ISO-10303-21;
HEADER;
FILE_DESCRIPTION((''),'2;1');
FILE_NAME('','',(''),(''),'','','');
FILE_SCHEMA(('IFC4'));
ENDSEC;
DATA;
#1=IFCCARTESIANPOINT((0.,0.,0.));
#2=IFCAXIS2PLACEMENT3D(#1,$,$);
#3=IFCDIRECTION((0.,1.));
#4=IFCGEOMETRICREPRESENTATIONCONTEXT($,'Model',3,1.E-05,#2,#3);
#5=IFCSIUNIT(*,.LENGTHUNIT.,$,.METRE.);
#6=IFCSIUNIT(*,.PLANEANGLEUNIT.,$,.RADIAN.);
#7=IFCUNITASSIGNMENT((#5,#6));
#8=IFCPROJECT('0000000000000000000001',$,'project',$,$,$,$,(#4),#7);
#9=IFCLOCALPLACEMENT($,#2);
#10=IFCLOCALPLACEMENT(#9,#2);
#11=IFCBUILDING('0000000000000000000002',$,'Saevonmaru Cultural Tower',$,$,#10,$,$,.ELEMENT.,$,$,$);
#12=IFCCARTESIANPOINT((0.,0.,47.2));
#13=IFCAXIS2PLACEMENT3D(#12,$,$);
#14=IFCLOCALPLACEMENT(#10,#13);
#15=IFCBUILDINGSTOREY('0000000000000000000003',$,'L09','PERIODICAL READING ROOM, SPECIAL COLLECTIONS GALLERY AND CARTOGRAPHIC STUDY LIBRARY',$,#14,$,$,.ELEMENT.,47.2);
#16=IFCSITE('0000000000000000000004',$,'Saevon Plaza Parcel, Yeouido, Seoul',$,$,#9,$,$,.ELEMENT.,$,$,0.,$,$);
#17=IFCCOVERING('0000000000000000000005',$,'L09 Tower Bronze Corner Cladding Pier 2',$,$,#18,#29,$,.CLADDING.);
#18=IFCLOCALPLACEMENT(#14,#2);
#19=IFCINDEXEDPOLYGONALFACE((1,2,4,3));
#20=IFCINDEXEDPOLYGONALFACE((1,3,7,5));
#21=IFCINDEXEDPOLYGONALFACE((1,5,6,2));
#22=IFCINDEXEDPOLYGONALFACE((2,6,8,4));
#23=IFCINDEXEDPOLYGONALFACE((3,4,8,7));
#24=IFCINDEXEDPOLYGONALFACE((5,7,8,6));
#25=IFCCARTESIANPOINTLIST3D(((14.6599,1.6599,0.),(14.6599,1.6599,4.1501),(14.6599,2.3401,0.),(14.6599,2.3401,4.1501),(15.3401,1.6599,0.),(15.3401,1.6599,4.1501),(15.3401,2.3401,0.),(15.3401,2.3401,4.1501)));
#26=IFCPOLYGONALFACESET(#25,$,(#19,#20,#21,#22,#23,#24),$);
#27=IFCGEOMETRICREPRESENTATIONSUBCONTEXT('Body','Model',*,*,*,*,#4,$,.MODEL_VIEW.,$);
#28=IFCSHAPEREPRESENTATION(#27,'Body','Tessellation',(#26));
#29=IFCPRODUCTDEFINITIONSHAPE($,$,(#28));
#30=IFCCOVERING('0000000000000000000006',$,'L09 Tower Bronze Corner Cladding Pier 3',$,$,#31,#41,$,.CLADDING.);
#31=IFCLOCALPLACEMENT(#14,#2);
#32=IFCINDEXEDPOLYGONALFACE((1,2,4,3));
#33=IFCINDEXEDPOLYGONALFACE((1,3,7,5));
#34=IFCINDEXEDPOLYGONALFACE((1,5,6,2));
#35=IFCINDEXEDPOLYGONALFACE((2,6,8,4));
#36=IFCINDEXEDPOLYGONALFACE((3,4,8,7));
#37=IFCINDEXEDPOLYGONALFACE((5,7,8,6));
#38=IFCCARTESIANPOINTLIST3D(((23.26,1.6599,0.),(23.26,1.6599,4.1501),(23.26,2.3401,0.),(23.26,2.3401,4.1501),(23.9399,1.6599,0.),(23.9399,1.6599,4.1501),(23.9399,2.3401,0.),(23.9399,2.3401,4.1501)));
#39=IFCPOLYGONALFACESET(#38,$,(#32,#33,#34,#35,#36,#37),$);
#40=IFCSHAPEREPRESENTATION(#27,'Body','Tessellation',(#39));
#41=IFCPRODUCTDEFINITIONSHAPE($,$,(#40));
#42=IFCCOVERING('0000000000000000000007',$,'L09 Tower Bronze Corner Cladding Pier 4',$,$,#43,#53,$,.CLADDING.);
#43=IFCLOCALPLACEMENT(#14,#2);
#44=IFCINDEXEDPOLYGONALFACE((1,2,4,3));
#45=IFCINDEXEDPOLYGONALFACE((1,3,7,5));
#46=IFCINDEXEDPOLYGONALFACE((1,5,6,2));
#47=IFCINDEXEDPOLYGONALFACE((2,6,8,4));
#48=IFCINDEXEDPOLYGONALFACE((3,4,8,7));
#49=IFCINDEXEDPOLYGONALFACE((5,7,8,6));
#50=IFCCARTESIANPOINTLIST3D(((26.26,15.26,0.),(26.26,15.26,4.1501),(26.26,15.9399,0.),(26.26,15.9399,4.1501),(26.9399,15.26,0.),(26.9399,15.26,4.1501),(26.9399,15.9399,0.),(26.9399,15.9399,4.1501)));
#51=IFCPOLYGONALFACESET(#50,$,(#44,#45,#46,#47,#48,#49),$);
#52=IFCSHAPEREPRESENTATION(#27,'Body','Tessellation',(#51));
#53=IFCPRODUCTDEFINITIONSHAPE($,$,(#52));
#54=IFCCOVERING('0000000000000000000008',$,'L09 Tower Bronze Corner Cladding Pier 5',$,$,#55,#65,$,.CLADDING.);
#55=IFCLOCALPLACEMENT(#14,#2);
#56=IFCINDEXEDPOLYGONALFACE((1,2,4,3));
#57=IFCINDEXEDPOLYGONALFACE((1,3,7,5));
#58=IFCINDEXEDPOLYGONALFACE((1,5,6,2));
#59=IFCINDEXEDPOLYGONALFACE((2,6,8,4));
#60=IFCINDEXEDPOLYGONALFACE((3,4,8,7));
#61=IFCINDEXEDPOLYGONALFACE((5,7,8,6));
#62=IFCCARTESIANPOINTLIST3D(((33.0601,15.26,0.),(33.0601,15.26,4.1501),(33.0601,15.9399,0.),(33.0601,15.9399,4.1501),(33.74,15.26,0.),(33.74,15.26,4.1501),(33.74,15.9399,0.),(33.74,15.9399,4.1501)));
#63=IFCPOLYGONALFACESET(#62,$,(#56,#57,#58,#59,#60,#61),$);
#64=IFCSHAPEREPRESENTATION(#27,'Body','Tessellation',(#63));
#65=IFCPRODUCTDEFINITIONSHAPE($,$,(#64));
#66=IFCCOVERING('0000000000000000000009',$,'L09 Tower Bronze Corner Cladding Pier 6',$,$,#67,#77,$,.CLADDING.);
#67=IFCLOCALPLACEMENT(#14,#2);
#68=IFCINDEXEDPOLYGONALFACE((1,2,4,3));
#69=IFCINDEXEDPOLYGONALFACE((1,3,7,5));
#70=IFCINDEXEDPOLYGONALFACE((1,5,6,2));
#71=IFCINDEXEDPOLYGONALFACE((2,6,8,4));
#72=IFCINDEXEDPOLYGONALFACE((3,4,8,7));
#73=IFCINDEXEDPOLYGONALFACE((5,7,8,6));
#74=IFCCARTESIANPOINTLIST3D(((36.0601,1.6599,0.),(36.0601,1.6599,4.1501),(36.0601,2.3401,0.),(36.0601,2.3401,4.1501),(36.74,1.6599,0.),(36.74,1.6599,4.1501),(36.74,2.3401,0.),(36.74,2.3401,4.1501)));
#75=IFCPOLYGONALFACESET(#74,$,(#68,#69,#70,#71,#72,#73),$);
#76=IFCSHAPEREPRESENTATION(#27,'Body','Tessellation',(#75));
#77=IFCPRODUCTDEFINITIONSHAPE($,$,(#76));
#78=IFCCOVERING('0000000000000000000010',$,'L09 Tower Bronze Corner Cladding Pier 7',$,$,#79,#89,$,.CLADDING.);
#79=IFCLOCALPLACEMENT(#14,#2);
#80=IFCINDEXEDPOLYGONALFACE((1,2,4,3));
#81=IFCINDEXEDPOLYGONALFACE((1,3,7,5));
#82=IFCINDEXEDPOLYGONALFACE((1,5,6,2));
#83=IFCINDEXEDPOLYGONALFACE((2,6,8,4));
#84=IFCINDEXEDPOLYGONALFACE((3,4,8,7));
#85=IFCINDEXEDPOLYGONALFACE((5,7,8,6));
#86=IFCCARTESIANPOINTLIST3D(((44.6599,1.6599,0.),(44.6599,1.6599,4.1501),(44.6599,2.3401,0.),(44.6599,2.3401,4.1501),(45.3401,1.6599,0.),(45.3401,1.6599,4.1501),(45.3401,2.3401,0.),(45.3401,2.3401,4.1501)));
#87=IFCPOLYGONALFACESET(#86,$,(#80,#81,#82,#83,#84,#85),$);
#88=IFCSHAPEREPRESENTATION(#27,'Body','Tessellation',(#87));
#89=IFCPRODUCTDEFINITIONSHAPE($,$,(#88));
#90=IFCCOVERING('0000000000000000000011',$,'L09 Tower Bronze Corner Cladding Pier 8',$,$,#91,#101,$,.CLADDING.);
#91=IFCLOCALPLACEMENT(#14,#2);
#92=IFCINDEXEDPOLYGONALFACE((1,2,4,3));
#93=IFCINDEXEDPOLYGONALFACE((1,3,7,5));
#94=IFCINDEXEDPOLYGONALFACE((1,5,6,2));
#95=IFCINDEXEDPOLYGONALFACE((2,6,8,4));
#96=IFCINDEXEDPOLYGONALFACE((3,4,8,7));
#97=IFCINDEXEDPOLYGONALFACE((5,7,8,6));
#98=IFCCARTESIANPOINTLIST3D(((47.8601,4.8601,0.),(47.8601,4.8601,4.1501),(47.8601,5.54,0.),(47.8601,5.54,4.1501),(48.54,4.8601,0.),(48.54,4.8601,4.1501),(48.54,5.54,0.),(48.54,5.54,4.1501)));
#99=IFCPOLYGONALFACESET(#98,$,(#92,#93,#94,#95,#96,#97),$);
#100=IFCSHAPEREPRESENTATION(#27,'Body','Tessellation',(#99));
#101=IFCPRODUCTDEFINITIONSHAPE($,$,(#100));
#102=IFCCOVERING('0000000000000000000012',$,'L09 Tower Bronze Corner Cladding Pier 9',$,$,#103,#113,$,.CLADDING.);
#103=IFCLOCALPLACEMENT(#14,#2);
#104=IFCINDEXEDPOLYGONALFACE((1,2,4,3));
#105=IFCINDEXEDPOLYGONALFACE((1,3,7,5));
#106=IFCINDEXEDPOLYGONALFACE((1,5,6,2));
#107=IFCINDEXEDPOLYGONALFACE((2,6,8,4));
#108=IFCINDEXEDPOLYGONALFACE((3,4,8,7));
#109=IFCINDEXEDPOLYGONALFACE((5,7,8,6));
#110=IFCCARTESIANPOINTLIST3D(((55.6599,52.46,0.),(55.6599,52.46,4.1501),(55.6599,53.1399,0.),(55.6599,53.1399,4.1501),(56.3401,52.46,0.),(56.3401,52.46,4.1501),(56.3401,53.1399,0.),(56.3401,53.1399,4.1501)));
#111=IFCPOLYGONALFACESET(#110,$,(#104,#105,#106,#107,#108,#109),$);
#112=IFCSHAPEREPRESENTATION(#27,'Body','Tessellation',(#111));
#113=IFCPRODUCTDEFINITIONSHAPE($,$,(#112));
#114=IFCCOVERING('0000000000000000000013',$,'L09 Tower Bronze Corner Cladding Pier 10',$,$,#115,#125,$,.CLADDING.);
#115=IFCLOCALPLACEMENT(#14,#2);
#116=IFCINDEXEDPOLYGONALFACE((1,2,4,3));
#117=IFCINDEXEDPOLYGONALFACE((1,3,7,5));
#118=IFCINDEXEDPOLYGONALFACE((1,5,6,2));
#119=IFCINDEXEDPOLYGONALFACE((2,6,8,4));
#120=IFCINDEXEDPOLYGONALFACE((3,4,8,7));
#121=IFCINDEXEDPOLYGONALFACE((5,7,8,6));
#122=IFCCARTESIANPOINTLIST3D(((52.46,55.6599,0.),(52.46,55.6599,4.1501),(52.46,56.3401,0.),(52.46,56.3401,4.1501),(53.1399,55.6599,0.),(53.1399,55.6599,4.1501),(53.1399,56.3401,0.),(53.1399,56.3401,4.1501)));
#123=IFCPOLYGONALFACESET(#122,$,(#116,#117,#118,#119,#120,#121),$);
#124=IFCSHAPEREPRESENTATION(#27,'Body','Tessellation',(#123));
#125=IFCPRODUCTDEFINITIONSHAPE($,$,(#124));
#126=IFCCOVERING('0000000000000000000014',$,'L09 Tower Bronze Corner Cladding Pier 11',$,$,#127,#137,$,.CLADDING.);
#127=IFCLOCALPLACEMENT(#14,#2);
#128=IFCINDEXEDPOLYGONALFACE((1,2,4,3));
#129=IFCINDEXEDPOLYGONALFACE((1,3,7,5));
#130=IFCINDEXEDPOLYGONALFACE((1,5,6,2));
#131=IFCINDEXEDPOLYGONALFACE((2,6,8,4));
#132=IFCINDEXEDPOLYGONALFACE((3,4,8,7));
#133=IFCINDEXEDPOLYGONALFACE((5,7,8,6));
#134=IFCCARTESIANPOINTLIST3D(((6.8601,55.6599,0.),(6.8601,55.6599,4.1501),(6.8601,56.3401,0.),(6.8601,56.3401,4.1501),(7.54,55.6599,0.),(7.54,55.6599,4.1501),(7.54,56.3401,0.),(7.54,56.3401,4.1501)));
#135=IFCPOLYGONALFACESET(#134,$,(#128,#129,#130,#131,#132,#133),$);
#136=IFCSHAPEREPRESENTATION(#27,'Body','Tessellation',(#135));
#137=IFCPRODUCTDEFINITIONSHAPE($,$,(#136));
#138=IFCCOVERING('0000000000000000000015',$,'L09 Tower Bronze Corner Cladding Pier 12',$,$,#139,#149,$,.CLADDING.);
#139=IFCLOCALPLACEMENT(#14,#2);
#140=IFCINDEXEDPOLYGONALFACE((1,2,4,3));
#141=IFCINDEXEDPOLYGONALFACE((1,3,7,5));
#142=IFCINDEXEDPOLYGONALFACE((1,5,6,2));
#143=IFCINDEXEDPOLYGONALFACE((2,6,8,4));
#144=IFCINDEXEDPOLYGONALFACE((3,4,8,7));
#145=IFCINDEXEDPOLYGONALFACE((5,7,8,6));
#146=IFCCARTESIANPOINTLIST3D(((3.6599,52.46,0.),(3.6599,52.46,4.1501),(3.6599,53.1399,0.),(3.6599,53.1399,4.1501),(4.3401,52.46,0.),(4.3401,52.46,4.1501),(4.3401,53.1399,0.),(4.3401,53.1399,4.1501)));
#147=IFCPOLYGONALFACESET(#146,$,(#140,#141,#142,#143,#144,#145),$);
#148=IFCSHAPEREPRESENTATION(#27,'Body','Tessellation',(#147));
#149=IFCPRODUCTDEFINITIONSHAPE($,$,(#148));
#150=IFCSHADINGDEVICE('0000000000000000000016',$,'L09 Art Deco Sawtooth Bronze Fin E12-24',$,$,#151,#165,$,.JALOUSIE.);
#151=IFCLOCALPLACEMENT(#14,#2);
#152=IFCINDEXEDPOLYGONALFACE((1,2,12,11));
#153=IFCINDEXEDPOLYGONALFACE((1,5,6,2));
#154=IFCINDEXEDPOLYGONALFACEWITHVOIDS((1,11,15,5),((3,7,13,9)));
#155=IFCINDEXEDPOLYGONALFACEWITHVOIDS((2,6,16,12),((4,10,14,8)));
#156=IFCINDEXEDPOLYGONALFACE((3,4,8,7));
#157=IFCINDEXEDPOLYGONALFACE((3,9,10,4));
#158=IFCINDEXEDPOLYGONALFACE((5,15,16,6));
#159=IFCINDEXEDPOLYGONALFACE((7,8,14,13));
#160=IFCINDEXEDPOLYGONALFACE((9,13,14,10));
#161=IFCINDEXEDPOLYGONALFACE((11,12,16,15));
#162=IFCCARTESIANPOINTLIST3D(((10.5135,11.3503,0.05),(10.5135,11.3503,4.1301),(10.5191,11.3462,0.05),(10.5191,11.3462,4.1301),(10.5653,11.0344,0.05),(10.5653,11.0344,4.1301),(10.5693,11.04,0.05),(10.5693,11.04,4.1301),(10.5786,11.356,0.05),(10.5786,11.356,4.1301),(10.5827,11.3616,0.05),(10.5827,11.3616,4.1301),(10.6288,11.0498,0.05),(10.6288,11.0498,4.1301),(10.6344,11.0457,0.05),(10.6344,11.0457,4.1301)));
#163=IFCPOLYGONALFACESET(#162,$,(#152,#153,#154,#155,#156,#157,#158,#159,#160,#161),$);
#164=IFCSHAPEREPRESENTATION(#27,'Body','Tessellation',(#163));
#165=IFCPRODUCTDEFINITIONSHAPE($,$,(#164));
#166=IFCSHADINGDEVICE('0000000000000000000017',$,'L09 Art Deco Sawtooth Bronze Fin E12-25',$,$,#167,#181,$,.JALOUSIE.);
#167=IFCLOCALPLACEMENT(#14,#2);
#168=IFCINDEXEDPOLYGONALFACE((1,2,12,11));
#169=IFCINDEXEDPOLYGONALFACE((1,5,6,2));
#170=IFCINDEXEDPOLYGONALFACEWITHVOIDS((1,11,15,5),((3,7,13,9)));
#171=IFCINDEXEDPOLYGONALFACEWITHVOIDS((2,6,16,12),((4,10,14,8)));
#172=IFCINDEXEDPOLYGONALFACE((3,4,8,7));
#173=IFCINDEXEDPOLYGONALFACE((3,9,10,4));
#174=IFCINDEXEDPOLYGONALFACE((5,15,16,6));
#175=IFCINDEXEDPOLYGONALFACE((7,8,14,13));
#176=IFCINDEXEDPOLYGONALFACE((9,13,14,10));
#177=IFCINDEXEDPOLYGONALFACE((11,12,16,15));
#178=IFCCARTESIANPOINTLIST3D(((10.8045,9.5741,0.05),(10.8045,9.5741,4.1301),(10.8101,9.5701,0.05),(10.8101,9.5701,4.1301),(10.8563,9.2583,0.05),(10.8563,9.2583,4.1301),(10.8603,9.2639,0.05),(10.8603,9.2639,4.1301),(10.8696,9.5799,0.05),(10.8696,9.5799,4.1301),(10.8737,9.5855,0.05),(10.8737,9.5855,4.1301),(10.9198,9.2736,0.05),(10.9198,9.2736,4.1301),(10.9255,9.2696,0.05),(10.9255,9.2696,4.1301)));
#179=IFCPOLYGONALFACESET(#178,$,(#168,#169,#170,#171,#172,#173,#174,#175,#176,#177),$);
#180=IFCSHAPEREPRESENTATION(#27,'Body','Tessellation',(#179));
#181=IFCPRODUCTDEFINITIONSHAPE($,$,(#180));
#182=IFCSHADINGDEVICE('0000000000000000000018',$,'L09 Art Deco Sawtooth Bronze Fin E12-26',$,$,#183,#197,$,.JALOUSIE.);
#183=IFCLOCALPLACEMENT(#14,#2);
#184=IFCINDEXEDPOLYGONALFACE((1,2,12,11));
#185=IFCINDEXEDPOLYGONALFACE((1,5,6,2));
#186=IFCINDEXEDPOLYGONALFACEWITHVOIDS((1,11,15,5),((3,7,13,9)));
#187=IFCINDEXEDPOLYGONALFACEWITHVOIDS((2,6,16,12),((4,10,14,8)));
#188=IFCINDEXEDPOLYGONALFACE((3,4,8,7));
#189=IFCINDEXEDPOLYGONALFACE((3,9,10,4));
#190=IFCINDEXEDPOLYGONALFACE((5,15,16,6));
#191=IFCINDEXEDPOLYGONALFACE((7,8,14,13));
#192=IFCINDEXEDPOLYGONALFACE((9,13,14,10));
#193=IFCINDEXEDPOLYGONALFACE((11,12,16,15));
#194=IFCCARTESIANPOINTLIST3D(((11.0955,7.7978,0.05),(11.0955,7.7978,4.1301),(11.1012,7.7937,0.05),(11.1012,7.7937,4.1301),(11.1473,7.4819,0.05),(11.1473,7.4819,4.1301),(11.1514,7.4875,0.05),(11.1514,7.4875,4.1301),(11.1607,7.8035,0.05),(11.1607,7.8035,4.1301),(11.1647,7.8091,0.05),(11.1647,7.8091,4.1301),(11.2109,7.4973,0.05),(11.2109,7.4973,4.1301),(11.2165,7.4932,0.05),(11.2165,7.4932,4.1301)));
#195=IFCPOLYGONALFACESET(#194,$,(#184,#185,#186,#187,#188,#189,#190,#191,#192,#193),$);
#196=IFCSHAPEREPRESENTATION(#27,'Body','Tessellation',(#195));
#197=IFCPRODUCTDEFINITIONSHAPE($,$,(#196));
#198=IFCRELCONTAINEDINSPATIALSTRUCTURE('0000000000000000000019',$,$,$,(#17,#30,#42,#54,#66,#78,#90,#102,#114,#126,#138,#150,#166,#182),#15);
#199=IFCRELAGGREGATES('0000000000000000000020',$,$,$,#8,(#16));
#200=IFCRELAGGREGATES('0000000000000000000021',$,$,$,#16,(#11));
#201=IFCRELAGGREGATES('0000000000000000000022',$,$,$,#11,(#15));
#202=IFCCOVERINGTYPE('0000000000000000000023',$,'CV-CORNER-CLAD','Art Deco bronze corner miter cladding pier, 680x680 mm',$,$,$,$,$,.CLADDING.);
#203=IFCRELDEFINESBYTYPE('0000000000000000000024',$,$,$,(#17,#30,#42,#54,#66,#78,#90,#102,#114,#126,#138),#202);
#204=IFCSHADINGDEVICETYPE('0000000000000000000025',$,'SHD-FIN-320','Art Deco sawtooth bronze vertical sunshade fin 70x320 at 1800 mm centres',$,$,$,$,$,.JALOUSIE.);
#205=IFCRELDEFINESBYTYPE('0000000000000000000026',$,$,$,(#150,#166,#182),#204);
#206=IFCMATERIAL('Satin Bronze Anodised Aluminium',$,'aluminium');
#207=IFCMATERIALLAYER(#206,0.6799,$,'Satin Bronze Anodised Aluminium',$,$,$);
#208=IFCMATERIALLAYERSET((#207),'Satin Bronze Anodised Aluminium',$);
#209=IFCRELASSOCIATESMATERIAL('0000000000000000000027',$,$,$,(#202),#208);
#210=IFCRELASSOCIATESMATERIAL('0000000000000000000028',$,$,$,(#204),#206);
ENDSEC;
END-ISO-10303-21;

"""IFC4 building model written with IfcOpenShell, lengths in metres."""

from ifc_helpers import new_model, si_unit, direction, frame, origin, origin_2d, place, context, subcontext, project, spatial, polyline, hollow_rectangle, outline, extrude, material, layer, layer_set, material_profile, profile_set, type_object, element, save


model = new_model("IFC4")

# Units and contexts
model_context = context("Model", 3, precision=1e-05, world=origin(), true_north=direction((0.0, 1.0)))
body_context = subcontext(model_context, "Body", "Model", "MODEL_VIEW")
ifc_project = project(units=[si_unit("LENGTHUNIT", "METRE"), si_unit("PLANEANGLEUNIT", "RADIAN")], contexts=[model_context])

# Site, building, storey
site_placement = place(None, origin())
site = spatial("IfcSite", under=ifc_project, at=site_placement, Name="Saevon Plaza Parcel, Yeouido, Seoul", CompositionType="ELEMENT", RefElevation=0.0)
building_placement = place(site_placement, origin())
building = spatial("IfcBuilding", under=site, at=building_placement, Name="Saevonmaru Cultural Tower", CompositionType="ELEMENT")
storey_placement = place(building_placement, frame((0.0, 0.0, 47.2)))
storey = spatial("IfcBuildingStorey", under=building, at=storey_placement, Name="L09", Description="PERIODICAL READING ROOM, SPECIAL COLLECTIONS GALLERY AND CARTOGRAPHIC STUDY LIBRARY", CompositionType="ELEMENT", Elevation=47.2)

# Shared definitions
ifc_material_1 = material(Name="Satin Bronze Anodised Aluminium", Category="aluminium")

# Coverings
ifc_layer_1 = layer(ifc_material_1, 0.6799, Name="Satin Bronze Anodised Aluminium")
ifc_layer_set_1 = layer_set([ifc_layer_1], Name="Satin Bronze Anodised Aluminium")
covering_type = type_object("IfcCoveringType", Name="CV-CORNER-CLAD", Description="Art Deco bronze corner miter cladding pier, 680x680 mm", PredefinedType="CLADDING", material=ifc_layer_set_1)
covering_1_placement = place(storey_placement, origin())
element("IfcCovering", 1, at=covering_1_placement, inside=storey, type_object=covering_type, Name="L09 Tower Bronze Corner Cladding Pier 2", PredefinedType="CLADDING", context=body_context, shape_type="SweptSolid", body=[
    extrude(outline(polyline([(14.6599, 1.6599), (15.3401, 1.6599), (15.3401, 2.3401), (14.6599, 2.3401), (14.6599, 1.6599)])), origin(), (0.0, 0.0, 1.0), 4.1501),
])
covering_2_placement = place(storey_placement, origin())
element("IfcCovering", 2, at=covering_2_placement, inside=storey, type_object=covering_type, Name="L09 Tower Bronze Corner Cladding Pier 3", PredefinedType="CLADDING", context=body_context, shape_type="SweptSolid", body=[
    extrude(outline(polyline([(23.26, 1.6599), (23.9399, 1.6599), (23.9399, 2.3401), (23.26, 2.3401), (23.26, 1.6599)])), origin(), (0.0, 0.0, 1.0), 4.1501),
])
covering_3_placement = place(storey_placement, origin())
element("IfcCovering", 3, at=covering_3_placement, inside=storey, type_object=covering_type, Name="L09 Tower Bronze Corner Cladding Pier 4", PredefinedType="CLADDING", context=body_context, shape_type="SweptSolid", body=[
    extrude(outline(polyline([(26.26, 15.26), (26.9399, 15.26), (26.9399, 15.9399), (26.26, 15.9399), (26.26, 15.26)])), origin(), (0.0, 0.0, 1.0), 4.1501),
])
covering_4_placement = place(storey_placement, origin())
element("IfcCovering", 4, at=covering_4_placement, inside=storey, type_object=covering_type, Name="L09 Tower Bronze Corner Cladding Pier 5", PredefinedType="CLADDING", context=body_context, shape_type="SweptSolid", body=[
    extrude(outline(polyline([(33.0601, 15.26), (33.74, 15.26), (33.74, 15.9399), (33.0601, 15.9399), (33.0601, 15.26)])), origin(), (0.0, 0.0, 1.0), 4.1501),
])
covering_5_placement = place(storey_placement, origin())
element("IfcCovering", 5, at=covering_5_placement, inside=storey, type_object=covering_type, Name="L09 Tower Bronze Corner Cladding Pier 6", PredefinedType="CLADDING", context=body_context, shape_type="SweptSolid", body=[
    extrude(outline(polyline([(36.0601, 1.6599), (36.74, 1.6599), (36.74, 2.3401), (36.0601, 2.3401), (36.0601, 1.6599)])), origin(), (0.0, 0.0, 1.0), 4.1501),
])
covering_6_placement = place(storey_placement, origin())
element("IfcCovering", 6, at=covering_6_placement, inside=storey, type_object=covering_type, Name="L09 Tower Bronze Corner Cladding Pier 7", PredefinedType="CLADDING", context=body_context, shape_type="SweptSolid", body=[
    extrude(outline(polyline([(44.6599, 1.6599), (45.3401, 1.6599), (45.3401, 2.3401), (44.6599, 2.3401), (44.6599, 1.6599)])), origin(), (0.0, 0.0, 1.0), 4.1501),
])
covering_7_placement = place(storey_placement, origin())
element("IfcCovering", 7, at=covering_7_placement, inside=storey, type_object=covering_type, Name="L09 Tower Bronze Corner Cladding Pier 8", PredefinedType="CLADDING", context=body_context, shape_type="SweptSolid", body=[
    extrude(outline(polyline([(47.8601, 4.8601), (48.54, 4.8601), (48.54, 5.54), (47.8601, 5.54), (47.8601, 4.8601)])), origin(), (0.0, 0.0, 1.0), 4.1501),
])
covering_8_placement = place(storey_placement, origin())
element("IfcCovering", 8, at=covering_8_placement, inside=storey, type_object=covering_type, Name="L09 Tower Bronze Corner Cladding Pier 9", PredefinedType="CLADDING", context=body_context, shape_type="SweptSolid", body=[
    extrude(outline(polyline([(55.6599, 52.46), (56.3401, 52.46), (56.3401, 53.1399), (55.6599, 53.1399), (55.6599, 52.46)])), origin(), (0.0, 0.0, 1.0), 4.1501),
])
covering_9_placement = place(storey_placement, origin())
element("IfcCovering", 9, at=covering_9_placement, inside=storey, type_object=covering_type, Name="L09 Tower Bronze Corner Cladding Pier 10", PredefinedType="CLADDING", context=body_context, shape_type="SweptSolid", body=[
    extrude(outline(polyline([(52.46, 55.6599), (53.1399, 55.6599), (53.1399, 56.3401), (52.46, 56.3401), (52.46, 55.6599)])), origin(), (0.0, 0.0, 1.0), 4.1501),
])
covering_10_placement = place(storey_placement, origin())
element("IfcCovering", 10, at=covering_10_placement, inside=storey, type_object=covering_type, Name="L09 Tower Bronze Corner Cladding Pier 11", PredefinedType="CLADDING", context=body_context, shape_type="SweptSolid", body=[
    extrude(outline(polyline([(6.8601, 55.6599), (7.54, 55.6599), (7.54, 56.3401), (6.8601, 56.3401), (6.8601, 55.6599)])), origin(), (0.0, 0.0, 1.0), 4.1501),
])
covering_11_placement = place(storey_placement, origin())
element("IfcCovering", 11, at=covering_11_placement, inside=storey, type_object=covering_type, Name="L09 Tower Bronze Corner Cladding Pier 12", PredefinedType="CLADDING", context=body_context, shape_type="SweptSolid", body=[
    extrude(outline(polyline([(3.6599, 52.46), (4.3401, 52.46), (4.3401, 53.1399), (3.6599, 53.1399), (3.6599, 52.46)])), origin(), (0.0, 0.0, 1.0), 4.1501),
])

# Shading devices
ifc_material_profile_1 = material_profile(ifc_material_1, hollow_rectangle(XDim=0.0701, YDim=0.3201, WallThickness=0.0049, at=origin_2d()), Name="FIN-320x70")
ifc_profile_set_1 = profile_set([ifc_material_profile_1], Name="Satin Bronze Anodised Aluminium")
shading_device_type = type_object("IfcShadingDeviceType", Name="SHD-FIN-320", Description="Art Deco sawtooth bronze vertical sunshade fin 70x320 at 1800 mm centres", PredefinedType="JALOUSIE", material=ifc_profile_set_1)
for number, where, z_axis, x_axis, name in (
    (12, (10.574, 11.198, 0.05), (0.0, 0.0, 1.0), (-0.986827, -0.161776, 0.0), "L09 Art Deco Sawtooth Bronze Fin E12-24"),
    (13, (10.865, 9.4219, 0.05), (0.0, 0.0, 1.0), (-0.986827, -0.161776, 0.0), "L09 Art Deco Sawtooth Bronze Fin E12-25"),
    (14, (11.156, 7.6455, 0.05), (0.0, 0.0, 1.0), (-0.986827, -0.161776, 0.0), "L09 Art Deco Sawtooth Bronze Fin E12-26"),
):
    element("IfcShadingDevice", number, at=place(storey_placement, frame(where, z_axis=z_axis, x_axis=x_axis)), inside=storey, type_object=shading_device_type, Name=name, PredefinedType="JALOUSIE", context=body_context, shape_type="SweptSolid", body=[
        extrude(hollow_rectangle(XDim=0.0701, YDim=0.3201, WallThickness=0.0049, at=origin_2d()), origin(), (0.0, 0.0, 1.0), 4.0801),
    ])

save(model, "model.ifc")
